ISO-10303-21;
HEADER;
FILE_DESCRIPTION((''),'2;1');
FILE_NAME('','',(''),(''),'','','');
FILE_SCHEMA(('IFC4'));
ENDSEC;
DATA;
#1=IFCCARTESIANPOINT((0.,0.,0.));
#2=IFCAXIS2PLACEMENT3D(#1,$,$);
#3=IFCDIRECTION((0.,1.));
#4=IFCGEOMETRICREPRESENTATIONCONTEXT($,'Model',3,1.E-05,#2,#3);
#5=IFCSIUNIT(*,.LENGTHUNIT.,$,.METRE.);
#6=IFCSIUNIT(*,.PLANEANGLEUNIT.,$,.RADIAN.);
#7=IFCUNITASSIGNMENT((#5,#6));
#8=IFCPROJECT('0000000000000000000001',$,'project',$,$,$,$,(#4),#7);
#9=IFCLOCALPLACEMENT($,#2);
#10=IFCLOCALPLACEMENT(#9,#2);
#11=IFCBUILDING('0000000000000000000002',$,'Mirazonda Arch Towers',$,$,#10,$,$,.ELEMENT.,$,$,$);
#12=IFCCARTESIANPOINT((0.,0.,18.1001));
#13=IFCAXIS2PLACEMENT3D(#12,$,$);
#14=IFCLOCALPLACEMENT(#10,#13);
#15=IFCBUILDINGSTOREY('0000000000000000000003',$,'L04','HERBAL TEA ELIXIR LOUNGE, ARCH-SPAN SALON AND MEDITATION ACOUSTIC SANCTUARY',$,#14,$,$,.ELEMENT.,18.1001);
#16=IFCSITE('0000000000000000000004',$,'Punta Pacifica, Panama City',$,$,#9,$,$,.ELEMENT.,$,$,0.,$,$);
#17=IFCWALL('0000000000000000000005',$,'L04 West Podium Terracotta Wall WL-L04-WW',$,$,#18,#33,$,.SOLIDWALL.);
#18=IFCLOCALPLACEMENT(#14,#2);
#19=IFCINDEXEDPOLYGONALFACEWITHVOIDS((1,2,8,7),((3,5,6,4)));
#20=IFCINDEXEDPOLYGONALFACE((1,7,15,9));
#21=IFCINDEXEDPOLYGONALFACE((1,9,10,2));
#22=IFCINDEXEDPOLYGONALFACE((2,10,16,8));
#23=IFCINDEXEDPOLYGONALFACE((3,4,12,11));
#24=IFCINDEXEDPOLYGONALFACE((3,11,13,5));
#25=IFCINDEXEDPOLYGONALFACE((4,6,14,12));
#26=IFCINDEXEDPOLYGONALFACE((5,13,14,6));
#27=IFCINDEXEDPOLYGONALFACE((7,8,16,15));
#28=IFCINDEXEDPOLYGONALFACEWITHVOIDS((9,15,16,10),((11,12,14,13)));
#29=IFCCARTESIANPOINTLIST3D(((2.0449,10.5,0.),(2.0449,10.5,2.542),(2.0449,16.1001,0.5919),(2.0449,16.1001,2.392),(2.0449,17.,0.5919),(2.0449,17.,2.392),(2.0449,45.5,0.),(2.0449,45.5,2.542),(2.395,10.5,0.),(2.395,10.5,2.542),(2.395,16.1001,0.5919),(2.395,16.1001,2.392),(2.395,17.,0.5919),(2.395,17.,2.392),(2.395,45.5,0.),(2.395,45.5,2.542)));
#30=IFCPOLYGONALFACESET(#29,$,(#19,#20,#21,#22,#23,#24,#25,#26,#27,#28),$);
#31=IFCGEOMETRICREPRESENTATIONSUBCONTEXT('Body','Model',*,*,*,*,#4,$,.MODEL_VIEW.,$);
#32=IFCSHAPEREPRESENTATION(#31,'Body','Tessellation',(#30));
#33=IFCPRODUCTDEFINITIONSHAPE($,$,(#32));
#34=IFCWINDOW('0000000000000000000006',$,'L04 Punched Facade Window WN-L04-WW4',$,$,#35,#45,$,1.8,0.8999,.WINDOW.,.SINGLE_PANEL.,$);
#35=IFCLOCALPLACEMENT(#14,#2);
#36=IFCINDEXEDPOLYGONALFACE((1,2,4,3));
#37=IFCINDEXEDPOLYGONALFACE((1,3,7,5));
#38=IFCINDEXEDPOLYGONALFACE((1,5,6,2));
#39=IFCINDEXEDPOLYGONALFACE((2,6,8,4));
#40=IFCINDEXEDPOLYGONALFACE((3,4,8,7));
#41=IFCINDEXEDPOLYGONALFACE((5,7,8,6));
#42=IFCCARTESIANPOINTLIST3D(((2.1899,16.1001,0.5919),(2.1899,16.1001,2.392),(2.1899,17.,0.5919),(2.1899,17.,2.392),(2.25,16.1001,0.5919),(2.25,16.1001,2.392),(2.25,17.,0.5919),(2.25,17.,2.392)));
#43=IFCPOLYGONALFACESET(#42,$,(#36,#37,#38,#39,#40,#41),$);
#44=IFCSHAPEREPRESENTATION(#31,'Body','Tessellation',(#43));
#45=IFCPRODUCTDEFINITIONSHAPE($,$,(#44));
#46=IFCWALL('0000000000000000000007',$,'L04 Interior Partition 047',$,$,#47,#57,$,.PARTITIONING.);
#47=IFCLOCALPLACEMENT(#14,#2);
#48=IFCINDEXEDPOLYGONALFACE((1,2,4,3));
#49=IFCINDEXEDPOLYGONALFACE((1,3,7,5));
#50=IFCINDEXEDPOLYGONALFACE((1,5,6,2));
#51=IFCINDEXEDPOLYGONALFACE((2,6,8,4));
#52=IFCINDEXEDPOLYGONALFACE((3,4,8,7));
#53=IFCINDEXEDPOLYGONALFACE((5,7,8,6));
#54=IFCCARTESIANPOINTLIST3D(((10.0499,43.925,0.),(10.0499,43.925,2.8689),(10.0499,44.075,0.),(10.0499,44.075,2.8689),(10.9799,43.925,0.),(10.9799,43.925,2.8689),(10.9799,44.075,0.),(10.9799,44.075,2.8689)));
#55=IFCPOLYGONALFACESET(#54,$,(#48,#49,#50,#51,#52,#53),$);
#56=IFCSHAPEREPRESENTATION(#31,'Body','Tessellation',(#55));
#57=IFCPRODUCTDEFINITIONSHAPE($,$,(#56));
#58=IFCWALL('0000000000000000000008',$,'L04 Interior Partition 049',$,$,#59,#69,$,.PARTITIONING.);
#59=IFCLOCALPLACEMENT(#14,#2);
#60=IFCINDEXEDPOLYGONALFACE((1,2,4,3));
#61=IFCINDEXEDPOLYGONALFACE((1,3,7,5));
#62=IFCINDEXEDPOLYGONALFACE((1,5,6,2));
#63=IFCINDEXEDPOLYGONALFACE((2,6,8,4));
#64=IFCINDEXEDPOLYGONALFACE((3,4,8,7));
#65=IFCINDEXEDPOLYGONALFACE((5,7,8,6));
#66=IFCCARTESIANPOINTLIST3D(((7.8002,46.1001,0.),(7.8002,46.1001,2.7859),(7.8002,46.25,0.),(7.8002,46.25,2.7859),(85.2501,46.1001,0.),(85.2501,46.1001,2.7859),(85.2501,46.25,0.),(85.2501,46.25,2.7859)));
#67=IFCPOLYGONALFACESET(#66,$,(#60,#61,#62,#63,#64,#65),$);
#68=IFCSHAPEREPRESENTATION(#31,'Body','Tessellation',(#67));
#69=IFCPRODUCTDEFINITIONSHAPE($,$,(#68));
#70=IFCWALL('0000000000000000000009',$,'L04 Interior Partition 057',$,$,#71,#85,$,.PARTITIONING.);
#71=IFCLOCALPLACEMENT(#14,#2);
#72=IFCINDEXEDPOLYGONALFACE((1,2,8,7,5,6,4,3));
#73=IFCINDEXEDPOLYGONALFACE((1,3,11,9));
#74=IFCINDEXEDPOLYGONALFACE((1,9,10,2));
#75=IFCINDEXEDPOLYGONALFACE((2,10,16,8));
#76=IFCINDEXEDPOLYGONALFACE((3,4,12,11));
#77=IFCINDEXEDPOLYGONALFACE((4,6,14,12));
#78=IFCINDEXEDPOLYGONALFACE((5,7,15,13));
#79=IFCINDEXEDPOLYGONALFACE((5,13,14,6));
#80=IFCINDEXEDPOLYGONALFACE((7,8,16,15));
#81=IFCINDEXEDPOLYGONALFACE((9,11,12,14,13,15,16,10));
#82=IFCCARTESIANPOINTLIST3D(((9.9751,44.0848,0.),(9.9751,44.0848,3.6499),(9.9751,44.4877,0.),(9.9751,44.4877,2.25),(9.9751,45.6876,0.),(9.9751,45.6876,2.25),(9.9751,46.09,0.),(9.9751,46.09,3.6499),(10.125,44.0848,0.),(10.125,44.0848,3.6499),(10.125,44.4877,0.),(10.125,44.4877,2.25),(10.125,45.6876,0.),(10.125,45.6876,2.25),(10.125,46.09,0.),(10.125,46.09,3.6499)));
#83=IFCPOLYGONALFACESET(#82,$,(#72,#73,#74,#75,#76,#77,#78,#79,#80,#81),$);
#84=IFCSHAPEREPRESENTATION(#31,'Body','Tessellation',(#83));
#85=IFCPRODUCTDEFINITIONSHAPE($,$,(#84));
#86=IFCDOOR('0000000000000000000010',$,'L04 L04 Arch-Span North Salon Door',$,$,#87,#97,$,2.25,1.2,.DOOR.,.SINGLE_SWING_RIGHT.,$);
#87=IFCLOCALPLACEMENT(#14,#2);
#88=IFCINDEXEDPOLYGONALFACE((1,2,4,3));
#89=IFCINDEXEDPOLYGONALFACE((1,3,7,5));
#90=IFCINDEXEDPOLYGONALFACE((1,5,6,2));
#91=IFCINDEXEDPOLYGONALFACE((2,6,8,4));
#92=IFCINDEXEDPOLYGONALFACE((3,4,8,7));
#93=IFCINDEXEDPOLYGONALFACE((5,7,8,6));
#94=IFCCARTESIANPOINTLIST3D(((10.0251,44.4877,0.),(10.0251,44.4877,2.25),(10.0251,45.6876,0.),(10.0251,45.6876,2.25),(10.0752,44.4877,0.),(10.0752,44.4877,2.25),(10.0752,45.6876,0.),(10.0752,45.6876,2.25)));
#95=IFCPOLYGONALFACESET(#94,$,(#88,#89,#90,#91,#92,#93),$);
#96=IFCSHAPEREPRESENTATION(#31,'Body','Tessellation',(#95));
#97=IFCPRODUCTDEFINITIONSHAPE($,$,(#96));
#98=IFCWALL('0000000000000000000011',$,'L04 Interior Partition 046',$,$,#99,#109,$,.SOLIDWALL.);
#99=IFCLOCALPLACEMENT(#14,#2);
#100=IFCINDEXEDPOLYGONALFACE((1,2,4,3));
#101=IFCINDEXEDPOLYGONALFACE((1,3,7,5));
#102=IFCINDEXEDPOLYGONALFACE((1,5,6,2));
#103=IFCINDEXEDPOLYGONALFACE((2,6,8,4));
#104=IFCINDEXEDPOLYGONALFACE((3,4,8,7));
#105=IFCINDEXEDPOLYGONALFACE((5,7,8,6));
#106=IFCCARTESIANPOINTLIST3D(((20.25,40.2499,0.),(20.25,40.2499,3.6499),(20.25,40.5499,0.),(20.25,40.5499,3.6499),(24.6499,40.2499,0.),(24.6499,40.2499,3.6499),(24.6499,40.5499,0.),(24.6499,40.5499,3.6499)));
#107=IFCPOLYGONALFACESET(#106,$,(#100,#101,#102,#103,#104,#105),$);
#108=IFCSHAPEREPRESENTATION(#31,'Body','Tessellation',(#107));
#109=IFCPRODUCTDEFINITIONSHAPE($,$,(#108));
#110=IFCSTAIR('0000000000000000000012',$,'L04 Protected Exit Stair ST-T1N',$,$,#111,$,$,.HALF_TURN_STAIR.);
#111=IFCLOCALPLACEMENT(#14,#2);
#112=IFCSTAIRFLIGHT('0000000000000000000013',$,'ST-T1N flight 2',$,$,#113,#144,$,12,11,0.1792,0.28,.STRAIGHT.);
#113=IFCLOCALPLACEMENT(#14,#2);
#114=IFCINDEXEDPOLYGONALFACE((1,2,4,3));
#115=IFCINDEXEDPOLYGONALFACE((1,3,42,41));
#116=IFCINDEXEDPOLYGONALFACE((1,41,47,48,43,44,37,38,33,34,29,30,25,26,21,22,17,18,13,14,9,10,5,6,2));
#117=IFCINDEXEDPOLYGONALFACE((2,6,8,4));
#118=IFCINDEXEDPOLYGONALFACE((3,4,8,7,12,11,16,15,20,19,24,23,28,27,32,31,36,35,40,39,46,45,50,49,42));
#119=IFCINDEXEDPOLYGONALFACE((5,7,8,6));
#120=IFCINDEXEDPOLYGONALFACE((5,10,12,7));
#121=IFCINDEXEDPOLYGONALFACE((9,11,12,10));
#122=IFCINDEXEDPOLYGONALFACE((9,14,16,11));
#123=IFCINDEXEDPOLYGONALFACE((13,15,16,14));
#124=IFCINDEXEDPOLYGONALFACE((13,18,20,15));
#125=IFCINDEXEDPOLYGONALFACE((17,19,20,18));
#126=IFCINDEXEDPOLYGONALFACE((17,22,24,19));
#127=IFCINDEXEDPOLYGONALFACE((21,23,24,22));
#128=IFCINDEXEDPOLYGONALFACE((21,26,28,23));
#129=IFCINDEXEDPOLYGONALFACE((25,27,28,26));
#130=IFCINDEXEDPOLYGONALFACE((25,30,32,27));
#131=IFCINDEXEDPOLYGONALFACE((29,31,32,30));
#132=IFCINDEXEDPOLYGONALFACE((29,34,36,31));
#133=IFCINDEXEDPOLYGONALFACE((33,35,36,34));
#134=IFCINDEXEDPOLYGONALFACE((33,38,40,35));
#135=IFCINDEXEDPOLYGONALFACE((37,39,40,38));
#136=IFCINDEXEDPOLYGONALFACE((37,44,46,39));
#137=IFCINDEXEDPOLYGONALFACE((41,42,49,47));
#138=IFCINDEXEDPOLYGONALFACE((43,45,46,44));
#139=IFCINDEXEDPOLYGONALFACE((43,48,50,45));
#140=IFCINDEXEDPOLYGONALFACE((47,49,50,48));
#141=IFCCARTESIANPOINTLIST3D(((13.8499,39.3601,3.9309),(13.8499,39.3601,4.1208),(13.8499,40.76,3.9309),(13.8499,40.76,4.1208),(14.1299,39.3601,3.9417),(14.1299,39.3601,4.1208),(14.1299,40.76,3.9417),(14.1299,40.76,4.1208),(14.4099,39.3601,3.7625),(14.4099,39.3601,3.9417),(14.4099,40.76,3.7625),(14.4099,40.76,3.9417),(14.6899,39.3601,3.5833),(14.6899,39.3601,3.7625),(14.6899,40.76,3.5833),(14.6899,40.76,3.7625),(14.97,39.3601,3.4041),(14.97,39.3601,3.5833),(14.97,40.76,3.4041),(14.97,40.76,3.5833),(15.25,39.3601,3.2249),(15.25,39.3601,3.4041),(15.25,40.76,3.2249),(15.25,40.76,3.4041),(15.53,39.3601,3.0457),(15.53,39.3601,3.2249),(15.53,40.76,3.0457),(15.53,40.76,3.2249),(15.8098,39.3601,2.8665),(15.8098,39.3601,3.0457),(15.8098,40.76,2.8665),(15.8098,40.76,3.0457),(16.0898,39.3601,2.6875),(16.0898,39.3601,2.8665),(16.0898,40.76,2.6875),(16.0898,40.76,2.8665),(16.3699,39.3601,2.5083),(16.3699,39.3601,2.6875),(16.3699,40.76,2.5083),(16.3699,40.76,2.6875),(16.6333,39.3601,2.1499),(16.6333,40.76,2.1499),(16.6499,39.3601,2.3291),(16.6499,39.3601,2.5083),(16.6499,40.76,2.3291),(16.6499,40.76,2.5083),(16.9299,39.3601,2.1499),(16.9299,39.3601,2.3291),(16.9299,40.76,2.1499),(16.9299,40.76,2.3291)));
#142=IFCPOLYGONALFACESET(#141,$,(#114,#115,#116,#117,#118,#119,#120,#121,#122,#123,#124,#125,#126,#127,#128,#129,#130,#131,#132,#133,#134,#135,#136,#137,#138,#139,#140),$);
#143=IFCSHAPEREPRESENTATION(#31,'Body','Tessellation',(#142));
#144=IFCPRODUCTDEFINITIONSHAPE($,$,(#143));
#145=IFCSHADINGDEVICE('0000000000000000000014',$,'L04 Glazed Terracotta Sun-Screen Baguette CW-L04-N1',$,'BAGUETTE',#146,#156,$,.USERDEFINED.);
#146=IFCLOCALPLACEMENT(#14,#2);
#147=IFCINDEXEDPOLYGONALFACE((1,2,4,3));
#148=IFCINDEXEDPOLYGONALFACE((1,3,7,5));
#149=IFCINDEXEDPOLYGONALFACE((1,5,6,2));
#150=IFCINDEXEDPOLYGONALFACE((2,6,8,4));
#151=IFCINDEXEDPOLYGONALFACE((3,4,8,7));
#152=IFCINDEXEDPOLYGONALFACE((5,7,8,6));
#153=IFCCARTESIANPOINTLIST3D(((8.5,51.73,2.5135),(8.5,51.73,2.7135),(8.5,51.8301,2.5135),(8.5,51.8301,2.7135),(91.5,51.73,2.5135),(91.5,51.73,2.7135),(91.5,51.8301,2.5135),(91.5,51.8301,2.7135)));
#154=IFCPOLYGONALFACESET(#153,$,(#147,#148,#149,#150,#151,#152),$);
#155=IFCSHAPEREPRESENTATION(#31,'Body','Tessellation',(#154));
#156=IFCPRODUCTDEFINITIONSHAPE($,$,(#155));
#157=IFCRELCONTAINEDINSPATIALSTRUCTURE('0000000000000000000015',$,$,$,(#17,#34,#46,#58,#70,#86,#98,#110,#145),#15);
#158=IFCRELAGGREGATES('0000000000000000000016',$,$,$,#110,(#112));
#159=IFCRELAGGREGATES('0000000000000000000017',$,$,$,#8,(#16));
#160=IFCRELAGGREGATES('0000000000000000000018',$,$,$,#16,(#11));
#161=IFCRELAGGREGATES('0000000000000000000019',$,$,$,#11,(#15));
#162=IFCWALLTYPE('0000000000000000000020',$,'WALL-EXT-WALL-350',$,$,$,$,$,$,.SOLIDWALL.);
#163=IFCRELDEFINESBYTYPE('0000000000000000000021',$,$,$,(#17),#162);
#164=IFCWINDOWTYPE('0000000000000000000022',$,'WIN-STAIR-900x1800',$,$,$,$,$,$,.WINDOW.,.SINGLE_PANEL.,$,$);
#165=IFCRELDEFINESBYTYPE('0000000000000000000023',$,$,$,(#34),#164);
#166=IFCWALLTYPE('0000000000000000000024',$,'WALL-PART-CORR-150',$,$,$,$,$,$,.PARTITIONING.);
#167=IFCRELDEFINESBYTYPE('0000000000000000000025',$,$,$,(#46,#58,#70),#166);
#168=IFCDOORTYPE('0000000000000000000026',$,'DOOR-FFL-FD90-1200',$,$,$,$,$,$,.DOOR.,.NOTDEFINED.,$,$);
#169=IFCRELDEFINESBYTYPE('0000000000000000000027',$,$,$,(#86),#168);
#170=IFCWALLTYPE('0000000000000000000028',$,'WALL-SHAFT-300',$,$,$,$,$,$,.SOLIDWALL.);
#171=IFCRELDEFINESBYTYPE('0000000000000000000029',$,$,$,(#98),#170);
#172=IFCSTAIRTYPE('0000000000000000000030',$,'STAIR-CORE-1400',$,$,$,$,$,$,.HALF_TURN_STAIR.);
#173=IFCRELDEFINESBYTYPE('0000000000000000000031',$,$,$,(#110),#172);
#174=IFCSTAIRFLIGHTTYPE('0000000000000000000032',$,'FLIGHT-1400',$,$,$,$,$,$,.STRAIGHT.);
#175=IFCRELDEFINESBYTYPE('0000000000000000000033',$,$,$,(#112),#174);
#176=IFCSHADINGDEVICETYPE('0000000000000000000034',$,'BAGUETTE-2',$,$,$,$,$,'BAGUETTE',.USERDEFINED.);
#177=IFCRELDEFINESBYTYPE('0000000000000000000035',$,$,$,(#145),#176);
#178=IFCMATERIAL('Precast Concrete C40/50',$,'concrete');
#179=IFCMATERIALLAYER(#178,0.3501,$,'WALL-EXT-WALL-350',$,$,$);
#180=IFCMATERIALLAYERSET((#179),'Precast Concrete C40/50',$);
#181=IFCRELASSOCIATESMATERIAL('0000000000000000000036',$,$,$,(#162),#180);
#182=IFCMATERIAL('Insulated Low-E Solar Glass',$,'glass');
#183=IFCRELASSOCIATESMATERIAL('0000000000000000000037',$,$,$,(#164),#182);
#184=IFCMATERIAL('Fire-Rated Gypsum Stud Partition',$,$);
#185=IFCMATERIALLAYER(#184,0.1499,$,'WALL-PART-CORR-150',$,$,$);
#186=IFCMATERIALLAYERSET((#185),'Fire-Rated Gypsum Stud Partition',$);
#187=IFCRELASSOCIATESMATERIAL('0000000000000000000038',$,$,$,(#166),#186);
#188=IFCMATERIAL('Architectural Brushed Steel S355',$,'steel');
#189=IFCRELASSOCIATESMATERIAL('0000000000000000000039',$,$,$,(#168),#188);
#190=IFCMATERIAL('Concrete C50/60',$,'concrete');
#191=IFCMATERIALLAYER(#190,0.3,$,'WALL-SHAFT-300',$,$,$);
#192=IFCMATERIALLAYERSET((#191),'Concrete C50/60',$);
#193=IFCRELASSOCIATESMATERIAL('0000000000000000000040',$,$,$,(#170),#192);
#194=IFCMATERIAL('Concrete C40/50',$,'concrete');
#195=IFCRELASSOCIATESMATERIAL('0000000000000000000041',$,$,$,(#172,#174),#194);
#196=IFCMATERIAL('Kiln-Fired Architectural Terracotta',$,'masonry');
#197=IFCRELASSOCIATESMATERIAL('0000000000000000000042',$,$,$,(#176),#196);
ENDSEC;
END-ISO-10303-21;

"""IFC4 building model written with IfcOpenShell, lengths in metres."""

from ifc_helpers import new_model, si_unit, direction, frame, frame_2d, origin, origin_2d, place, context, subcontext, project, spatial, polyline, rectangle, outline, extrude, material, layer, layer_set, material_profile, profile_set, type_object, element, fill, aggregate, save


model = new_model("IFC4")

# Units and contexts
model_context = context("Model", 3, precision=1e-05, world=origin(), true_north=direction((0.0, 1.0)))
body_context = subcontext(model_context, "Body", "Model", "MODEL_VIEW")
ifc_project = project(units=[si_unit("LENGTHUNIT", "METRE"), si_unit("PLANEANGLEUNIT", "RADIAN")], contexts=[model_context])

# Site, building, storey
site_placement = place(None, origin())
site = spatial("IfcSite", under=ifc_project, at=site_placement, Name="Punta Pacifica, Panama City", CompositionType="ELEMENT", RefElevation=0.0)
building_placement = place(site_placement, origin())
building = spatial("IfcBuilding", under=site, at=building_placement, Name="Mirazonda Arch Towers", CompositionType="ELEMENT")
storey_placement = place(building_placement, frame((0.0, 0.0, 18.1001)))
storey = spatial("IfcBuildingStorey", under=building, at=storey_placement, Name="L04", Description="HERBAL TEA ELIXIR LOUNGE, ARCH-SPAN SALON AND MEDITATION ACOUSTIC SANCTUARY", CompositionType="ELEMENT", Elevation=18.1001)

# Shared definitions
ifc_material_1 = material(Name="Concrete C50/60", Category="concrete")

# Shared definitions
ifc_material_2 = material(Name="Insulated Low-E Solar Glass", Category="glass")

# Wall, opening, window
ifc_material_3 = material(Name="Precast Concrete C40/50", Category="concrete")
ifc_layer_1 = layer(ifc_material_3, 0.3501, Name="WALL-EXT-WALL-350")
ifc_layer_set_1 = layer_set([ifc_layer_1], Name="Precast Concrete C40/50")
wall_type_1 = type_object("IfcWallType", Name="WALL-EXT-WALL-350", PredefinedType="SOLIDWALL", material=ifc_layer_set_1)
wall_1_placement = place(storey_placement, frame((2.22, 45.5, 0.0), z_axis=(0.0, 0.0, 1.0), x_axis=(0.0, -1.0, 0.0)))
wall_1 = element("IfcWall", 1, at=wall_1_placement, inside=storey, type_object=wall_type_1, Name="L04 West Podium Terracotta Wall WL-L04-WW", PredefinedType="SOLIDWALL", context=body_context, shape_type="SweptSolid", body=[
    extrude(rectangle(XDim=35.0, YDim=0.3501, at=frame_2d((17.5, 0.0))), origin(), (0.0, 0.0, 1.0), 2.542),
])
opening_1_placement = place(wall_1_placement, frame((28.5, 0.0, 0.592)))
opening_1 = element("IfcOpeningElement", 2, at=opening_1_placement, cuts=wall_1, PredefinedType="OPENING", context=body_context, shape_type="SweptSolid", body=[
    extrude(rectangle(XDim=0.8999, YDim=1.8, at=frame_2d((0.45, 0.8999))), frame((0.0, 0.1851, 0.0), z_axis=(0.0, -1.0, 0.0), x_axis=(1.0, 0.0, 0.0)), (0.0, 0.0, 1.0), 0.3701),
])
window_type = type_object("IfcWindowType", Name="WIN-STAIR-900x1800", PartitioningType="SINGLE_PANEL", PredefinedType="WINDOW", material=ifc_material_2)
window_placement = place(opening_1_placement, origin())
window = element("IfcWindow", 3, at=window_placement, inside=storey, type_object=window_type, Name="L04 Punched Facade Window WN-L04-WW4", OverallHeight=1.8, OverallWidth=0.8999, PartitioningType="SINGLE_PANEL", PredefinedType="WINDOW", context=body_context, shape_type="SweptSolid", body=[
    extrude(rectangle(XDim=0.8999, YDim=1.8, at=frame_2d((0.45, 0.8999))), frame((0.0, 0.03, 0.0), z_axis=(0.0, -1.0, 0.0), x_axis=(1.0, 0.0, 0.0)), (0.0, 0.0, 1.0), 0.0601),
])
fill(opening_1, window)

# Walls
ifc_material_4 = material(Name="Fire-Rated Gypsum Stud Partition")
ifc_layer_2 = layer(ifc_material_4, 0.1499, Name="WALL-PART-CORR-150")
ifc_layer_set_2 = layer_set([ifc_layer_2], Name="Fire-Rated Gypsum Stud Partition")
wall_type_2 = type_object("IfcWallType", Name="WALL-PART-CORR-150", PredefinedType="PARTITIONING", material=ifc_layer_set_2)
wall_2_placement = place(storey_placement, frame((10.05, 44.0, 0.0), z_axis=(0.0, 0.0, 1.0), x_axis=(1.0, 0.0, 0.0)))
element("IfcWall", 4, at=wall_2_placement, inside=storey, type_object=wall_type_2, Name="L04 Interior Partition 047", PredefinedType="PARTITIONING", context=body_context, shape_type="SweptSolid", body=[
    extrude(rectangle(XDim=0.9299, YDim=0.1499, at=frame_2d((0.4648, 0.0))), origin(), (0.0, 0.0, 1.0), 2.8689),
])
wall_3_placement = place(storey_placement, frame((7.8, 46.175, 0.0), z_axis=(0.0, 0.0, 1.0), x_axis=(1.0, 0.0, 0.0)))
element("IfcWall", 5, at=wall_3_placement, inside=storey, type_object=wall_type_2, Name="L04 Interior Partition 049", PredefinedType="PARTITIONING", context=body_context, shape_type="SweptSolid", body=[
    extrude(rectangle(XDim=77.45, YDim=0.1499, at=frame_2d((38.7251, 0.0))), origin(), (0.0, 0.0, 1.0), 2.7859),
])

# Wall, opening, door
wall_4_placement = place(storey_placement, frame((10.05, 44.085, 0.0), z_axis=(0.0, 0.0, 1.0), x_axis=(0.0, 1.0, 0.0)))
wall_4 = element("IfcWall", 6, at=wall_4_placement, inside=storey, type_object=wall_type_2, Name="L04 Interior Partition 057", PredefinedType="PARTITIONING", context=body_context, shape_type="SweptSolid", body=[
    extrude(rectangle(XDim=2.0051, YDim=0.1499, at=frame_2d((1.0024, 0.0))), origin(), (0.0, 0.0, 1.0), 3.6499),
])
opening_2_placement = place(wall_4_placement, frame((0.4026, 0.0, 0.0)))
opening_2 = element("IfcOpeningElement", 7, at=opening_2_placement, cuts=wall_4, PredefinedType="OPENING", context=body_context, shape_type="SweptSolid", body=[
    extrude(rectangle(XDim=1.2, YDim=2.25, at=frame_2d((0.6001, 1.125))), frame((0.0, 0.085, 0.0), z_axis=(0.0, -1.0, 0.0), x_axis=(1.0, 0.0, 0.0)), (0.0, 0.0, 1.0), 0.1699),
])
ifc_material_5 = material(Name="Architectural Brushed Steel S355", Category="steel")
door_type = type_object("IfcDoorType", Name="DOOR-FFL-FD90-1200", OperationType="NOTDEFINED", PredefinedType="DOOR", material=ifc_material_5)
door_placement = place(opening_2_placement, origin())
door = element("IfcDoor", 8, at=door_placement, inside=storey, type_object=door_type, Name="L04 L04 Arch-Span North Salon Door", OperationType="SINGLE_SWING_RIGHT", OverallHeight=2.25, OverallWidth=1.2, PredefinedType="DOOR", context=body_context, shape_type="SweptSolid", body=[
    extrude(rectangle(XDim=1.2, YDim=2.25, at=frame_2d((0.6001, 1.125))), frame((0.0, 0.0249, 0.0), z_axis=(0.0, -1.0, 0.0), x_axis=(1.0, 0.0, 0.0)), (0.0, 0.0, 1.0), 0.05),
])
fill(opening_2, door)

# Wall
ifc_layer_3 = layer(ifc_material_1, 0.3, Name="WALL-SHAFT-300")
ifc_layer_set_3 = layer_set([ifc_layer_3], Name="Concrete C50/60")
wall_type_3 = type_object("IfcWallType", Name="WALL-SHAFT-300", PredefinedType="SOLIDWALL", material=ifc_layer_set_3)
wall_5_placement = place(storey_placement, frame((20.25, 40.3999, 0.0), z_axis=(0.0, 0.0, 1.0), x_axis=(1.0, 0.0, 0.0)))
element("IfcWall", 9, at=wall_5_placement, inside=storey, type_object=wall_type_3, Name="L04 Interior Partition 046", PredefinedType="SOLIDWALL", context=body_context, shape_type="SweptSolid", body=[
    extrude(rectangle(XDim=4.3999, YDim=0.3, at=frame_2d((2.2, 0.0))), origin(), (0.0, 0.0, 1.0), 3.6499),
])

# Stair, stair flight
ifc_material_6 = material(Name="Concrete C40/50", Category="concrete")
stair_type = type_object("IfcStairType", Name="STAIR-CORE-1400", PredefinedType="HALF_TURN_STAIR", material=ifc_material_6)
stair_placement = place(storey_placement, origin())
stair = element("IfcStair", 10, at=stair_placement, inside=storey, type_object=stair_type, Name="L04 Protected Exit Stair ST-T1N", PredefinedType="HALF_TURN_STAIR")
stair_flight_type = type_object("IfcStairFlightType", Name="FLIGHT-1400", PredefinedType="STRAIGHT", material=ifc_material_6)
stair_flight_placement = place(storey_placement, frame((16.9299, 40.0601, 2.1499), z_axis=(0.0, 0.0, 1.0), x_axis=(-1.0, 0.0, 0.0)))
stair_flight = element("IfcStairFlight", 11, at=stair_flight_placement, type_object=stair_flight_type, Name="ST-T1N flight 2", NumberOfRisers=12, NumberOfTreads=11, PredefinedType="STRAIGHT", RiserHeight=0.1792, TreadLength=0.28, context=body_context, shape_type="SweptSolid", body=[
    extrude(outline(polyline([(0.0, 0.0), (0.0, 0.1792), (0.28, 0.1792), (0.28, 0.3584), (0.5601, 0.3584), (0.5601, 0.5376), (0.8401, 0.5376), (0.8401, 0.7166), (1.1201, 0.7166), (1.1201, 0.8958), (1.3999, 0.8958), (1.3999, 1.075), (1.6799, 1.075), (1.6799, 1.2542), (1.96, 1.2542), (1.96, 1.4333), (2.24, 1.4333), (2.24, 1.6125), (2.52, 1.6125), (2.52, 1.7917), (2.8, 1.7917), (2.8, 1.9709), (3.0801, 1.9709), (3.0801, 2.1499), (3.0801, 1.781), (0.2966, 0.0), (0.0, 0.0)])), frame((0.0, 0.7, 0.0), z_axis=(0.0, -1.0, 0.0), x_axis=(1.0, 0.0, 0.0)), (0.0, 0.0, 1.0), 1.3999),
])
aggregate(stair, [stair_flight])

# Shading device
ifc_material_7 = material(Name="Kiln-Fired Architectural Terracotta", Category="masonry")
ifc_material_profile_1 = material_profile(ifc_material_7, rectangle(XDim=0.1001, YDim=0.2, at=origin_2d()), Name="TERRA-BAG-100x200")
ifc_profile_set_1 = profile_set([ifc_material_profile_1], Name="Kiln-Fired Architectural Terracotta")
shading_device_type = type_object("IfcShadingDeviceType", Name="BAGUETTE-2", ElementType="BAGUETTE", PredefinedType="USERDEFINED", material=ifc_profile_set_1)
shading_device_placement = place(storey_placement, frame((8.5, 51.78, 2.6135), z_axis=(1.0, 0.0, 0.0), x_axis=(0.0, 1.0, 0.0)))
element("IfcShadingDevice", 12, at=shading_device_placement, inside=storey, type_object=shading_device_type, Name="L04 Glazed Terracotta Sun-Screen Baguette CW-L04-N1", ObjectType="BAGUETTE", PredefinedType="USERDEFINED", context=body_context, shape_type="SweptSolid", body=[
    extrude(rectangle(XDim=0.1001, YDim=0.2, at=origin_2d()), origin(), (0.0, 0.0, 1.0), 83.0),
])

save(model, "model.ifc")
